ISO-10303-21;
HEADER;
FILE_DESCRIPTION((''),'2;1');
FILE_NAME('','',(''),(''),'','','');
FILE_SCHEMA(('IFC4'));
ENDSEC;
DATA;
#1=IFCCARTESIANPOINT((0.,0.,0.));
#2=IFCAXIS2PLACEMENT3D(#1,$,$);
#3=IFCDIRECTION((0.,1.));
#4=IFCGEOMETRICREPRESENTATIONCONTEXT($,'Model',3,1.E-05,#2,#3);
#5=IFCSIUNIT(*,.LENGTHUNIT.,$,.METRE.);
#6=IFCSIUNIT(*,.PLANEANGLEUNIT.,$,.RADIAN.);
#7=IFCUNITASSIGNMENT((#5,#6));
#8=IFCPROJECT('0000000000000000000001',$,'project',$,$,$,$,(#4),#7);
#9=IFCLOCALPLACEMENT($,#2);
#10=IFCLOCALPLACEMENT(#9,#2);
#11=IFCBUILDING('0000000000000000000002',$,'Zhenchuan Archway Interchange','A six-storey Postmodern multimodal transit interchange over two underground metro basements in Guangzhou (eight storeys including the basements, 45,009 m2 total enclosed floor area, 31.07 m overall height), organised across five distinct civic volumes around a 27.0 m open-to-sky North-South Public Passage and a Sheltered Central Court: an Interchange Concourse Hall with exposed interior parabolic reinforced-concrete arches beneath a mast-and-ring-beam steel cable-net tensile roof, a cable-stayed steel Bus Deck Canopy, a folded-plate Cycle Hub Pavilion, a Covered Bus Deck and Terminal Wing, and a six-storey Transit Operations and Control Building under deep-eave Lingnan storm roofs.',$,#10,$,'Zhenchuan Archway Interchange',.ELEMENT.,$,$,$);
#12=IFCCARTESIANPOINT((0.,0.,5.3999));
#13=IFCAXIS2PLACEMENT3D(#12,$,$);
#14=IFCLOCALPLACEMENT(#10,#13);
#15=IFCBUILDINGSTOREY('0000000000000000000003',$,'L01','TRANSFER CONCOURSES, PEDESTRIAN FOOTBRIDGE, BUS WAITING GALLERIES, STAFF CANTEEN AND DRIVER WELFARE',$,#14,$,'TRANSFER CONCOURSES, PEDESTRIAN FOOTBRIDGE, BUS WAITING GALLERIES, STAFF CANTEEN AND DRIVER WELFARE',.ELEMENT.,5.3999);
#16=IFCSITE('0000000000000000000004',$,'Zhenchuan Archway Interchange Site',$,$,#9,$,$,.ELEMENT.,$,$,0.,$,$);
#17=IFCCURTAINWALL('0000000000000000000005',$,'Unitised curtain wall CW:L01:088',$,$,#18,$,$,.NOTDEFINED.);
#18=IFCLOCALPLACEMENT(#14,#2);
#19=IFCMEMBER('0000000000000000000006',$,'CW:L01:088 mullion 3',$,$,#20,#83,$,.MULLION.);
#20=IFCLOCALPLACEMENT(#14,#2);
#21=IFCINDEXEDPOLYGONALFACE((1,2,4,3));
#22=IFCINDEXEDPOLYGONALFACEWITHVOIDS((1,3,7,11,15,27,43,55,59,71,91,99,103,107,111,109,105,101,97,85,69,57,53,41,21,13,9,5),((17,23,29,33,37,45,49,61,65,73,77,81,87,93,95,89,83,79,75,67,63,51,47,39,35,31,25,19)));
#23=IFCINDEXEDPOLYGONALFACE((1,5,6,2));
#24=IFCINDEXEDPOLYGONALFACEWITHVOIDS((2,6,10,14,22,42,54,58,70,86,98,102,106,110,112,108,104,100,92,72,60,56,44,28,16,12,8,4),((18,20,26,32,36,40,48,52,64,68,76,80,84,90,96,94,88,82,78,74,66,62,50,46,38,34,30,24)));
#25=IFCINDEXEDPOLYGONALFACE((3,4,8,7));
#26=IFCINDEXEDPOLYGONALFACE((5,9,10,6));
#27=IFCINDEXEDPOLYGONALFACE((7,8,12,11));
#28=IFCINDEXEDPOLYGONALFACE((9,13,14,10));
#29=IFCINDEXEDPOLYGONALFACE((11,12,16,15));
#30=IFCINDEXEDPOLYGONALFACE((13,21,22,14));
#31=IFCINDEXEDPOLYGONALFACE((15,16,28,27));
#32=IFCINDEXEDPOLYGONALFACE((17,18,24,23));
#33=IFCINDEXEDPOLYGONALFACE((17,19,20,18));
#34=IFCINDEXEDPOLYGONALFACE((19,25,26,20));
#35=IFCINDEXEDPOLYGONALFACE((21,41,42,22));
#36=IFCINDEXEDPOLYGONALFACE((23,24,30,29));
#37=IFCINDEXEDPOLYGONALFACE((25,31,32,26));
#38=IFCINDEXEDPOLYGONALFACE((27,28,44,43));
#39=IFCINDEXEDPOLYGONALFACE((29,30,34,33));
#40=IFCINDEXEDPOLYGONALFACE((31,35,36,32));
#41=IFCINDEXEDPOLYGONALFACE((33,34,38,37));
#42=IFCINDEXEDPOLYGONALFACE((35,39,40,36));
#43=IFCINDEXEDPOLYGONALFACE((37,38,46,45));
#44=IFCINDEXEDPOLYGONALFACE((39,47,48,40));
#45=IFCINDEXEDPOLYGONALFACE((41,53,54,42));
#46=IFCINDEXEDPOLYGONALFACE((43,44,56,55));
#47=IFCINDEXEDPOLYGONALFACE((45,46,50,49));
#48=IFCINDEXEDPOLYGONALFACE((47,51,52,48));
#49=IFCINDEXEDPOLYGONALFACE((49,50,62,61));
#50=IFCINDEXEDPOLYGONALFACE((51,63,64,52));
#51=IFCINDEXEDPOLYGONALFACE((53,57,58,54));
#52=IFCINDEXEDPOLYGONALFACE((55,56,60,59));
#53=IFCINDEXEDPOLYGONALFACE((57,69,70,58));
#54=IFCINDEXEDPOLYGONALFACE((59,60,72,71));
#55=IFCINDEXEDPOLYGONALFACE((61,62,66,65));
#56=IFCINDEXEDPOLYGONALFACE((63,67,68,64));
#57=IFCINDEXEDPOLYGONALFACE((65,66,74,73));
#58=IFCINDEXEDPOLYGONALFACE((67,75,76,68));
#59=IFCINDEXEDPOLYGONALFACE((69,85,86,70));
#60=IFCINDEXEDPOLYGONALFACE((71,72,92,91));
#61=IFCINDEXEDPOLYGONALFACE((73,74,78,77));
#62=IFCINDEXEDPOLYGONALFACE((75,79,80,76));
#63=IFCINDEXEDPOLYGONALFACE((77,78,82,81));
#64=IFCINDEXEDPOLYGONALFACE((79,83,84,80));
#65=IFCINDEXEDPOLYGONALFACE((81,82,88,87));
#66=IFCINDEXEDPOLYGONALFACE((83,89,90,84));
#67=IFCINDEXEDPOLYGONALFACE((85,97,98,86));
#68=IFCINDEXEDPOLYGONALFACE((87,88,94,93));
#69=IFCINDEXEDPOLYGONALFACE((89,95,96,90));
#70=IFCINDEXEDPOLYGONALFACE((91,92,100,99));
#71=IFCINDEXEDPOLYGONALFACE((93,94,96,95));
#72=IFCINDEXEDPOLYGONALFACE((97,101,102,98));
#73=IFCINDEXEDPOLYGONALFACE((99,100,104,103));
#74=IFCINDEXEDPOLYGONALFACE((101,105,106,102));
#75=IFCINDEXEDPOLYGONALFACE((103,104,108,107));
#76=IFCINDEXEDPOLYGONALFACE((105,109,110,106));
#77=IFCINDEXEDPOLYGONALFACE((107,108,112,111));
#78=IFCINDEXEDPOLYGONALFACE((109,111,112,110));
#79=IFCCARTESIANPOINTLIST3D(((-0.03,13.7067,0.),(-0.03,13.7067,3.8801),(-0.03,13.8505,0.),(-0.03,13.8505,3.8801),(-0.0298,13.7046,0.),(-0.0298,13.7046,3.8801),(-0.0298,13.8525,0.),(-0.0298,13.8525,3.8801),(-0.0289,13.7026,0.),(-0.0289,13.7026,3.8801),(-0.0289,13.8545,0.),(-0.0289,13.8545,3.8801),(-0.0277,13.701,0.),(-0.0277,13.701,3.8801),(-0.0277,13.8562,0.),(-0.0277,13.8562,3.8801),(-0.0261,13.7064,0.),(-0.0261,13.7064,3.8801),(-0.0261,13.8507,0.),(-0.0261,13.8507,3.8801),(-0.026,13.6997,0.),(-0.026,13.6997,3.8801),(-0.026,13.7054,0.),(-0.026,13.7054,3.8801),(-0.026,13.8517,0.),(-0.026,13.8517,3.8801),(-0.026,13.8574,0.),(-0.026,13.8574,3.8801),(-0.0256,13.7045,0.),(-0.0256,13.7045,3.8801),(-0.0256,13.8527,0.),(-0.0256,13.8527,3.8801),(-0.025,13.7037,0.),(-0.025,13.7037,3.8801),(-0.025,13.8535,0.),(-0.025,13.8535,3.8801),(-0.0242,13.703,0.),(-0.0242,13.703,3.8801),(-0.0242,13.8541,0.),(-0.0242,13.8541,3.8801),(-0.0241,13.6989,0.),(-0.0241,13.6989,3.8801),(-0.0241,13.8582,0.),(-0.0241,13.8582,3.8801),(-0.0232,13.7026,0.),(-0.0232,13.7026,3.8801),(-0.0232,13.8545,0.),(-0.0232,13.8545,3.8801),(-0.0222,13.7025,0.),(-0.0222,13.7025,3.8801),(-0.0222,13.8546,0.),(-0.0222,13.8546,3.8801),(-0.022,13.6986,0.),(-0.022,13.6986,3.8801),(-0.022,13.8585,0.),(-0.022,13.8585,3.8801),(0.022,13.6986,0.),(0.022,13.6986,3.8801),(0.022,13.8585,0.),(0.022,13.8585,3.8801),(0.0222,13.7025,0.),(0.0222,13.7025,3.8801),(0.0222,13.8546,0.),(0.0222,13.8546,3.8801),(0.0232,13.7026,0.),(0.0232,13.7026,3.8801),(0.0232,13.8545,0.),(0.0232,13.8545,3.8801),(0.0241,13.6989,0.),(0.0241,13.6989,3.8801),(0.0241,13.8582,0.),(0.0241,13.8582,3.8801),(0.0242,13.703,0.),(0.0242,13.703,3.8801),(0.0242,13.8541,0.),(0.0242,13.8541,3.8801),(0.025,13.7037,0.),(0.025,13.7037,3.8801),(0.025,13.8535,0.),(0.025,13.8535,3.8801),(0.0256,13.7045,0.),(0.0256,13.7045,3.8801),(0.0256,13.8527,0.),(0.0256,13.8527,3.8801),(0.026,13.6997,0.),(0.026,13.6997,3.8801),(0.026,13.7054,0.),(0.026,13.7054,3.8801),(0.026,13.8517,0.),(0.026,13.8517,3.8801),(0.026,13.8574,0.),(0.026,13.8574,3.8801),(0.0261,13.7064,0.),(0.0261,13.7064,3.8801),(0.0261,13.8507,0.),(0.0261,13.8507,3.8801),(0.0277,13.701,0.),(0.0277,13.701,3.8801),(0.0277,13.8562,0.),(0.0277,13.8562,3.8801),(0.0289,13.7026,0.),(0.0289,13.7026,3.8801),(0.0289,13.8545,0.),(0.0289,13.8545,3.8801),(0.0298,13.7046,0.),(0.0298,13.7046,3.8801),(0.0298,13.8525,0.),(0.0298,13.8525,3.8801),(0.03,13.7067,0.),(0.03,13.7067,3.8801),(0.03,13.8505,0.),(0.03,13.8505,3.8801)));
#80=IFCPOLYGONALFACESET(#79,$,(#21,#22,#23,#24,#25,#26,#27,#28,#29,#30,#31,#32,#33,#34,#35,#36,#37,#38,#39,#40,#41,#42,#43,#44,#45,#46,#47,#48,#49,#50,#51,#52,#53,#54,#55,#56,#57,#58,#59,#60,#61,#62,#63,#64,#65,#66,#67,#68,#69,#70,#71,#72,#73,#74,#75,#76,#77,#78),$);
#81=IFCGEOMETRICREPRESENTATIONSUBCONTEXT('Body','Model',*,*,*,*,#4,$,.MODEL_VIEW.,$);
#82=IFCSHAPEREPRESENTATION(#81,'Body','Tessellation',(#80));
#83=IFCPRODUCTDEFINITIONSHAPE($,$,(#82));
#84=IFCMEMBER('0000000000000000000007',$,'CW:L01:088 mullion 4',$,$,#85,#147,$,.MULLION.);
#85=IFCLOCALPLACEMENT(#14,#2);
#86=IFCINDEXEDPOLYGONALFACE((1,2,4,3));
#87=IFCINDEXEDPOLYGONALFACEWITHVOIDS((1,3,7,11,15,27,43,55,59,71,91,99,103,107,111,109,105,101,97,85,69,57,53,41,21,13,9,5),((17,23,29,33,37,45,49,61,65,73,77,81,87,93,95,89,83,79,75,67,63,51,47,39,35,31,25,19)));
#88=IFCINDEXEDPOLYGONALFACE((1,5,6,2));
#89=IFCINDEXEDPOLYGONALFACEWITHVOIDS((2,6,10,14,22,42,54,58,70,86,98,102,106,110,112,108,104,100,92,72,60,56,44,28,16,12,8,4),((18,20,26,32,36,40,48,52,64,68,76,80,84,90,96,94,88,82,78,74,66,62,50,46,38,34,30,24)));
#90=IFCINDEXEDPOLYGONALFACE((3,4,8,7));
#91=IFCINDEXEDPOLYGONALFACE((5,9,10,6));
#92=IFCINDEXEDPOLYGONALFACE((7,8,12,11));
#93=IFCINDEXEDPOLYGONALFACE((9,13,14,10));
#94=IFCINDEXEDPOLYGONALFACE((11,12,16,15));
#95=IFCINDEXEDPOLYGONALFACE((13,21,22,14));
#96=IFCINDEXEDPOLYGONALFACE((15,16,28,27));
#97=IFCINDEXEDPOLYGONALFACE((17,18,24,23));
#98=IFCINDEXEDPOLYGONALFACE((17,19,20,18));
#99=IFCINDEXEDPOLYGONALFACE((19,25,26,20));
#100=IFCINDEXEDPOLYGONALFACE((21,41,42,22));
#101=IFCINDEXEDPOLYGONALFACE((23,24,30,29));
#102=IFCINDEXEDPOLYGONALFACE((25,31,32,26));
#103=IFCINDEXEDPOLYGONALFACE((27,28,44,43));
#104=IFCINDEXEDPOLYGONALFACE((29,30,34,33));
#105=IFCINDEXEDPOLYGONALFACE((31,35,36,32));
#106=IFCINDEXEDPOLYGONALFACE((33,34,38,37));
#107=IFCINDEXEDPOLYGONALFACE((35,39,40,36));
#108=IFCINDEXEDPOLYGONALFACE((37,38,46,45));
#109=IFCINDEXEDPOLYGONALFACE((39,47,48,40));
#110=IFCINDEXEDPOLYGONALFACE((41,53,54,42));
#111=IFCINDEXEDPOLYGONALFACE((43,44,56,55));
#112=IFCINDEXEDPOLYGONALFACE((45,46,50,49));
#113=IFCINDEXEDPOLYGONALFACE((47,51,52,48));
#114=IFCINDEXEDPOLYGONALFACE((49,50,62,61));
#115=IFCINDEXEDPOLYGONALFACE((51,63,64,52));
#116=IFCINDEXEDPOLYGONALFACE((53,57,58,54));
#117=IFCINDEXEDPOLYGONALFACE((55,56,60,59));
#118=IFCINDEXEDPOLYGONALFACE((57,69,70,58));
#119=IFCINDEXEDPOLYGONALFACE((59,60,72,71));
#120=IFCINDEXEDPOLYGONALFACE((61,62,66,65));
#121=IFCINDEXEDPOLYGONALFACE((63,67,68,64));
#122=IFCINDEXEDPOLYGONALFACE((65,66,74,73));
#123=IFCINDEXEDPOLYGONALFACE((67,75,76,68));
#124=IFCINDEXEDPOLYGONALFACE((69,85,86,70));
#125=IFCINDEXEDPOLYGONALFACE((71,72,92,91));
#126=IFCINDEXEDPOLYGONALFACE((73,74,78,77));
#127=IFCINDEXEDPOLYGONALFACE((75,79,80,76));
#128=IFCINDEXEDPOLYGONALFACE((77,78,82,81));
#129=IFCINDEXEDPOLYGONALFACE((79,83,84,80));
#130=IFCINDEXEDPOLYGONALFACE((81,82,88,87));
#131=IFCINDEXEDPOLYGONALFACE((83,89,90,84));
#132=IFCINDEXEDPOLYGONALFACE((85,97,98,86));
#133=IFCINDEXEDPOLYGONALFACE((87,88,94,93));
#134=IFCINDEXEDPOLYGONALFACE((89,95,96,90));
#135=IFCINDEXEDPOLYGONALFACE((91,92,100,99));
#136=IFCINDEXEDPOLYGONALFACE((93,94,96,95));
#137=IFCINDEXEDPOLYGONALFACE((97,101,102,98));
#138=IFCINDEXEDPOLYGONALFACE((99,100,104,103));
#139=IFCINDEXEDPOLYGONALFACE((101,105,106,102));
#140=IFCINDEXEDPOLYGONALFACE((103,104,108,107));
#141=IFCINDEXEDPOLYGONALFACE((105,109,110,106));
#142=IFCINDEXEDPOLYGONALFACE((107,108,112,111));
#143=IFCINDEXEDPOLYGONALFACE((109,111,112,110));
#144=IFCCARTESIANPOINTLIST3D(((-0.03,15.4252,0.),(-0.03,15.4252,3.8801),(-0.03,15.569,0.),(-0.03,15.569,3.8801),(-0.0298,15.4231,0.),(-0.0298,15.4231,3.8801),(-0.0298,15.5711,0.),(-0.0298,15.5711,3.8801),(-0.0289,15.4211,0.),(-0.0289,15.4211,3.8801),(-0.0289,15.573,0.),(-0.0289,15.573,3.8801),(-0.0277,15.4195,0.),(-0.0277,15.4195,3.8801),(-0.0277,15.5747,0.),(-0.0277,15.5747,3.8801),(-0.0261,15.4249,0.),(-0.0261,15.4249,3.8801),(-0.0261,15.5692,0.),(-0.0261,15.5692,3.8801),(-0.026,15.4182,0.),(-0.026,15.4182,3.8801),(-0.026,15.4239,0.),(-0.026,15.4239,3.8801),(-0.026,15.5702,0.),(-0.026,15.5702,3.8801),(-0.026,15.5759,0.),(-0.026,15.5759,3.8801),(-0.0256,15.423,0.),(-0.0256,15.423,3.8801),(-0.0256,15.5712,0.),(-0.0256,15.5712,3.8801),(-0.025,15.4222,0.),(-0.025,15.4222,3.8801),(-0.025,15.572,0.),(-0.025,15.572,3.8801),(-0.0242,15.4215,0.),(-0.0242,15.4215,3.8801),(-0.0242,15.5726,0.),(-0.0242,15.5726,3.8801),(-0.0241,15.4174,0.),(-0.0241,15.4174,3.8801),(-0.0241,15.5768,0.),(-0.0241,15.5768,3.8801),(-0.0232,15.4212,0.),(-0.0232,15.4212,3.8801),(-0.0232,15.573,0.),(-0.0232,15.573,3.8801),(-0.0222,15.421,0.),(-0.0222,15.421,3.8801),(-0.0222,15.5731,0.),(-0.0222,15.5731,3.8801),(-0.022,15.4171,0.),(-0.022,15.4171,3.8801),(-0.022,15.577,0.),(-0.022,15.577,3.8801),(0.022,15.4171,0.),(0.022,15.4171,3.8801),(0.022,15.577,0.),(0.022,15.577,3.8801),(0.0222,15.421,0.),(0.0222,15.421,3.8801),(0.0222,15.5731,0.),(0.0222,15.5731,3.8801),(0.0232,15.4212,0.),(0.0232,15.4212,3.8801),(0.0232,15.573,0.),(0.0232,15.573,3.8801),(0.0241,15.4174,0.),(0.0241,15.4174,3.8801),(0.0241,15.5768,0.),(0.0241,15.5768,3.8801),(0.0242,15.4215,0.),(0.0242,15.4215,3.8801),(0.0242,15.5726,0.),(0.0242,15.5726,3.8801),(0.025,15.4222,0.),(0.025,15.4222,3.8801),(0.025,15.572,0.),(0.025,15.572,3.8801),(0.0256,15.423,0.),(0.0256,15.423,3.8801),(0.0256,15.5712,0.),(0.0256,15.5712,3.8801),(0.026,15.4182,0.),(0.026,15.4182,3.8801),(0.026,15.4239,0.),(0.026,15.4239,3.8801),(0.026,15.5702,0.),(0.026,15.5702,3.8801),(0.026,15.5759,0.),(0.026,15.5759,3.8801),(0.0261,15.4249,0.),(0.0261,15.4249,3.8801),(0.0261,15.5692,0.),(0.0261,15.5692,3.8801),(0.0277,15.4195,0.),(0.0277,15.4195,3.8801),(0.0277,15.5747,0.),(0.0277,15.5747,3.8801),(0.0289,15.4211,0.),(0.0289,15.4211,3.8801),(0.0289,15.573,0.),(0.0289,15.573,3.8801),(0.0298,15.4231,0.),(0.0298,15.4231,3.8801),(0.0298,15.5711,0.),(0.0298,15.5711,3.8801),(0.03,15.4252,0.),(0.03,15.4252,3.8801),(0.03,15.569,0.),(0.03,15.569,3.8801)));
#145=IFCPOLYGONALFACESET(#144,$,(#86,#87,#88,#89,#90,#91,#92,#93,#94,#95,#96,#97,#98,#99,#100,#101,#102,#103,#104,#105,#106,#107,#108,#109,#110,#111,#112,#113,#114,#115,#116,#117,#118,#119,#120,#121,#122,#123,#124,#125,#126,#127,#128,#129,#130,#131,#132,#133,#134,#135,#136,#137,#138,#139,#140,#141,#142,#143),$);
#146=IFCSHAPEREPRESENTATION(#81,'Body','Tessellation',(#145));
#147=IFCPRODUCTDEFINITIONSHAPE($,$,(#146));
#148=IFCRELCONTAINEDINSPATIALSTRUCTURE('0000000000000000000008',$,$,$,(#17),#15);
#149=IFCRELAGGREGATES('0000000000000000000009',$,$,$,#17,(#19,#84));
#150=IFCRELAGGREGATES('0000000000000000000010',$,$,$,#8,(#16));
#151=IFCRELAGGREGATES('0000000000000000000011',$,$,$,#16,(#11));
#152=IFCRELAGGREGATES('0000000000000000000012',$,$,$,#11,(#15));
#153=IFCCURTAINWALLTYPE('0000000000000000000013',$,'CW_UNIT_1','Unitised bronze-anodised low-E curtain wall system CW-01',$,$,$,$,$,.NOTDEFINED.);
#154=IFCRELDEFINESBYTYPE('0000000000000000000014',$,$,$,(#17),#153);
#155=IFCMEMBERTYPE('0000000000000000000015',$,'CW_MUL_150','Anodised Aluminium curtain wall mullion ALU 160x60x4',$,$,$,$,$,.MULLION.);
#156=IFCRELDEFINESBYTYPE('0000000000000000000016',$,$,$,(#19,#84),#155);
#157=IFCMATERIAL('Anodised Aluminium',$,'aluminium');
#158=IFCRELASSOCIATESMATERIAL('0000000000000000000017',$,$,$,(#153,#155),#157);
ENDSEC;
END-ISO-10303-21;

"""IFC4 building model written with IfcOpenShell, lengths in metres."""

from ifc_helpers import new_model, si_unit, direction, frame, origin, origin_2d, place, context, subcontext, project, spatial, hollow_rectangle, extrude, material, material_profile, profile_set, type_object, element, aggregate, save


model = new_model("IFC4")

# Units and contexts
model_context = context("Model", 3, precision=1e-05, world=origin(), true_north=direction((0.0, 1.0)))
body_context = subcontext(model_context, "Body", "Model", "MODEL_VIEW")
ifc_project = project(units=[si_unit("LENGTHUNIT", "METRE"), si_unit("PLANEANGLEUNIT", "RADIAN")], contexts=[model_context])

# Site, building, storey
site_placement = place(None, origin())
site = spatial("IfcSite", under=ifc_project, at=site_placement, Name="Zhenchuan Archway Interchange Site", CompositionType="ELEMENT", RefElevation=0.0)
building_placement = place(site_placement, origin())
building = spatial("IfcBuilding", under=site, at=building_placement, Name="Zhenchuan Archway Interchange", Description="A six-storey Postmodern multimodal transit interchange over two underground metro basements in Guangzhou (eight storeys including the basements, 45,009 m2 total enclosed floor area, 31.07 m overall height), organised across five distinct civic volumes around a 27.0 m open-to-sky North-South Public Passage and a Sheltered Central Court: an Interchange Concourse Hall with exposed interior parabolic reinforced-concrete arches beneath a mast-and-ring-beam steel cable-net tensile roof, a cable-stayed steel Bus Deck Canopy, a folded-plate Cycle Hub Pavilion, a Covered Bus Deck and Terminal Wing, and a six-storey Transit Operations and Control Building under deep-eave Lingnan storm roofs.", LongName="Zhenchuan Archway Interchange", CompositionType="ELEMENT")
storey_placement = place(building_placement, frame((0.0, 0.0, 5.3999)))
storey = spatial("IfcBuildingStorey", under=building, at=storey_placement, Name="L01", Description="TRANSFER CONCOURSES, PEDESTRIAN FOOTBRIDGE, BUS WAITING GALLERIES, STAFF CANTEEN AND DRIVER WELFARE", LongName="TRANSFER CONCOURSES, PEDESTRIAN FOOTBRIDGE, BUS WAITING GALLERIES, STAFF CANTEEN AND DRIVER WELFARE", CompositionType="ELEMENT", Elevation=5.3999)

# Curtain wall, members
ifc_material_1 = material(Name="Anodised Aluminium", Category="aluminium")
curtain_wall_type_1 = type_object("IfcCurtainWallType", Name="CW_UNIT_1", Description="Unitised bronze-anodised low-E curtain wall system CW-01", PredefinedType="NOTDEFINED", material=ifc_material_1)
curtain_wall_1_placement = place(storey_placement, origin())
curtain_wall_1 = element("IfcCurtainWall", 1, at=curtain_wall_1_placement, inside=storey, type_object=curtain_wall_type_1, Name="Unitised curtain wall CW:L01:088", PredefinedType="NOTDEFINED")
ifc_material_profile_1 = material_profile(ifc_material_1, hollow_rectangle(XDim=0.0601, YDim=0.1599, WallThickness=0.0039, InnerFilletRadius=0.0039, OuterFilletRadius=0.0081, at=origin_2d()), Name="ALU 160x60x4")
ifc_profile_set_1 = profile_set([ifc_material_profile_1], Name="Anodised Aluminium")
member_type_1 = type_object("IfcMemberType", Name="CW_MUL_150", Description="Anodised Aluminium curtain wall mullion ALU 160x60x4", PredefinedType="MULLION", material=ifc_profile_set_1)
member_1_placement = place(storey_placement, frame((0.0, 13.7786, 0.0), z_axis=(0.0, 0.0, 1.0), x_axis=(1.0, 0.0, 0.0)))
member_1 = element("IfcMember", 2, at=member_1_placement, type_object=member_type_1, Name="CW:L01:088 mullion 3", PredefinedType="MULLION", context=body_context, shape_type="SweptSolid", body=[
    extrude(hollow_rectangle(XDim=0.0601, YDim=0.1599, WallThickness=0.0039, InnerFilletRadius=0.0039, OuterFilletRadius=0.0081, at=origin_2d()), origin(), (0.0, 0.0, 1.0), 3.8801),
])
member_2_placement = place(storey_placement, frame((0.0, 15.4971, 0.0), z_axis=(0.0, 0.0, 1.0), x_axis=(1.0, 0.0, 0.0)))
member_2 = element("IfcMember", 3, at=member_2_placement, type_object=member_type_1, Name="CW:L01:088 mullion 4", PredefinedType="MULLION", context=body_context, shape_type="SweptSolid", body=[
    extrude(hollow_rectangle(XDim=0.0601, YDim=0.1599, WallThickness=0.0039, InnerFilletRadius=0.0039, OuterFilletRadius=0.0081, at=origin_2d()), origin(), (0.0, 0.0, 1.0), 3.8801),
])

aggregate(curtain_wall_1, [member_1, member_2])

save(model, "model.ifc")
